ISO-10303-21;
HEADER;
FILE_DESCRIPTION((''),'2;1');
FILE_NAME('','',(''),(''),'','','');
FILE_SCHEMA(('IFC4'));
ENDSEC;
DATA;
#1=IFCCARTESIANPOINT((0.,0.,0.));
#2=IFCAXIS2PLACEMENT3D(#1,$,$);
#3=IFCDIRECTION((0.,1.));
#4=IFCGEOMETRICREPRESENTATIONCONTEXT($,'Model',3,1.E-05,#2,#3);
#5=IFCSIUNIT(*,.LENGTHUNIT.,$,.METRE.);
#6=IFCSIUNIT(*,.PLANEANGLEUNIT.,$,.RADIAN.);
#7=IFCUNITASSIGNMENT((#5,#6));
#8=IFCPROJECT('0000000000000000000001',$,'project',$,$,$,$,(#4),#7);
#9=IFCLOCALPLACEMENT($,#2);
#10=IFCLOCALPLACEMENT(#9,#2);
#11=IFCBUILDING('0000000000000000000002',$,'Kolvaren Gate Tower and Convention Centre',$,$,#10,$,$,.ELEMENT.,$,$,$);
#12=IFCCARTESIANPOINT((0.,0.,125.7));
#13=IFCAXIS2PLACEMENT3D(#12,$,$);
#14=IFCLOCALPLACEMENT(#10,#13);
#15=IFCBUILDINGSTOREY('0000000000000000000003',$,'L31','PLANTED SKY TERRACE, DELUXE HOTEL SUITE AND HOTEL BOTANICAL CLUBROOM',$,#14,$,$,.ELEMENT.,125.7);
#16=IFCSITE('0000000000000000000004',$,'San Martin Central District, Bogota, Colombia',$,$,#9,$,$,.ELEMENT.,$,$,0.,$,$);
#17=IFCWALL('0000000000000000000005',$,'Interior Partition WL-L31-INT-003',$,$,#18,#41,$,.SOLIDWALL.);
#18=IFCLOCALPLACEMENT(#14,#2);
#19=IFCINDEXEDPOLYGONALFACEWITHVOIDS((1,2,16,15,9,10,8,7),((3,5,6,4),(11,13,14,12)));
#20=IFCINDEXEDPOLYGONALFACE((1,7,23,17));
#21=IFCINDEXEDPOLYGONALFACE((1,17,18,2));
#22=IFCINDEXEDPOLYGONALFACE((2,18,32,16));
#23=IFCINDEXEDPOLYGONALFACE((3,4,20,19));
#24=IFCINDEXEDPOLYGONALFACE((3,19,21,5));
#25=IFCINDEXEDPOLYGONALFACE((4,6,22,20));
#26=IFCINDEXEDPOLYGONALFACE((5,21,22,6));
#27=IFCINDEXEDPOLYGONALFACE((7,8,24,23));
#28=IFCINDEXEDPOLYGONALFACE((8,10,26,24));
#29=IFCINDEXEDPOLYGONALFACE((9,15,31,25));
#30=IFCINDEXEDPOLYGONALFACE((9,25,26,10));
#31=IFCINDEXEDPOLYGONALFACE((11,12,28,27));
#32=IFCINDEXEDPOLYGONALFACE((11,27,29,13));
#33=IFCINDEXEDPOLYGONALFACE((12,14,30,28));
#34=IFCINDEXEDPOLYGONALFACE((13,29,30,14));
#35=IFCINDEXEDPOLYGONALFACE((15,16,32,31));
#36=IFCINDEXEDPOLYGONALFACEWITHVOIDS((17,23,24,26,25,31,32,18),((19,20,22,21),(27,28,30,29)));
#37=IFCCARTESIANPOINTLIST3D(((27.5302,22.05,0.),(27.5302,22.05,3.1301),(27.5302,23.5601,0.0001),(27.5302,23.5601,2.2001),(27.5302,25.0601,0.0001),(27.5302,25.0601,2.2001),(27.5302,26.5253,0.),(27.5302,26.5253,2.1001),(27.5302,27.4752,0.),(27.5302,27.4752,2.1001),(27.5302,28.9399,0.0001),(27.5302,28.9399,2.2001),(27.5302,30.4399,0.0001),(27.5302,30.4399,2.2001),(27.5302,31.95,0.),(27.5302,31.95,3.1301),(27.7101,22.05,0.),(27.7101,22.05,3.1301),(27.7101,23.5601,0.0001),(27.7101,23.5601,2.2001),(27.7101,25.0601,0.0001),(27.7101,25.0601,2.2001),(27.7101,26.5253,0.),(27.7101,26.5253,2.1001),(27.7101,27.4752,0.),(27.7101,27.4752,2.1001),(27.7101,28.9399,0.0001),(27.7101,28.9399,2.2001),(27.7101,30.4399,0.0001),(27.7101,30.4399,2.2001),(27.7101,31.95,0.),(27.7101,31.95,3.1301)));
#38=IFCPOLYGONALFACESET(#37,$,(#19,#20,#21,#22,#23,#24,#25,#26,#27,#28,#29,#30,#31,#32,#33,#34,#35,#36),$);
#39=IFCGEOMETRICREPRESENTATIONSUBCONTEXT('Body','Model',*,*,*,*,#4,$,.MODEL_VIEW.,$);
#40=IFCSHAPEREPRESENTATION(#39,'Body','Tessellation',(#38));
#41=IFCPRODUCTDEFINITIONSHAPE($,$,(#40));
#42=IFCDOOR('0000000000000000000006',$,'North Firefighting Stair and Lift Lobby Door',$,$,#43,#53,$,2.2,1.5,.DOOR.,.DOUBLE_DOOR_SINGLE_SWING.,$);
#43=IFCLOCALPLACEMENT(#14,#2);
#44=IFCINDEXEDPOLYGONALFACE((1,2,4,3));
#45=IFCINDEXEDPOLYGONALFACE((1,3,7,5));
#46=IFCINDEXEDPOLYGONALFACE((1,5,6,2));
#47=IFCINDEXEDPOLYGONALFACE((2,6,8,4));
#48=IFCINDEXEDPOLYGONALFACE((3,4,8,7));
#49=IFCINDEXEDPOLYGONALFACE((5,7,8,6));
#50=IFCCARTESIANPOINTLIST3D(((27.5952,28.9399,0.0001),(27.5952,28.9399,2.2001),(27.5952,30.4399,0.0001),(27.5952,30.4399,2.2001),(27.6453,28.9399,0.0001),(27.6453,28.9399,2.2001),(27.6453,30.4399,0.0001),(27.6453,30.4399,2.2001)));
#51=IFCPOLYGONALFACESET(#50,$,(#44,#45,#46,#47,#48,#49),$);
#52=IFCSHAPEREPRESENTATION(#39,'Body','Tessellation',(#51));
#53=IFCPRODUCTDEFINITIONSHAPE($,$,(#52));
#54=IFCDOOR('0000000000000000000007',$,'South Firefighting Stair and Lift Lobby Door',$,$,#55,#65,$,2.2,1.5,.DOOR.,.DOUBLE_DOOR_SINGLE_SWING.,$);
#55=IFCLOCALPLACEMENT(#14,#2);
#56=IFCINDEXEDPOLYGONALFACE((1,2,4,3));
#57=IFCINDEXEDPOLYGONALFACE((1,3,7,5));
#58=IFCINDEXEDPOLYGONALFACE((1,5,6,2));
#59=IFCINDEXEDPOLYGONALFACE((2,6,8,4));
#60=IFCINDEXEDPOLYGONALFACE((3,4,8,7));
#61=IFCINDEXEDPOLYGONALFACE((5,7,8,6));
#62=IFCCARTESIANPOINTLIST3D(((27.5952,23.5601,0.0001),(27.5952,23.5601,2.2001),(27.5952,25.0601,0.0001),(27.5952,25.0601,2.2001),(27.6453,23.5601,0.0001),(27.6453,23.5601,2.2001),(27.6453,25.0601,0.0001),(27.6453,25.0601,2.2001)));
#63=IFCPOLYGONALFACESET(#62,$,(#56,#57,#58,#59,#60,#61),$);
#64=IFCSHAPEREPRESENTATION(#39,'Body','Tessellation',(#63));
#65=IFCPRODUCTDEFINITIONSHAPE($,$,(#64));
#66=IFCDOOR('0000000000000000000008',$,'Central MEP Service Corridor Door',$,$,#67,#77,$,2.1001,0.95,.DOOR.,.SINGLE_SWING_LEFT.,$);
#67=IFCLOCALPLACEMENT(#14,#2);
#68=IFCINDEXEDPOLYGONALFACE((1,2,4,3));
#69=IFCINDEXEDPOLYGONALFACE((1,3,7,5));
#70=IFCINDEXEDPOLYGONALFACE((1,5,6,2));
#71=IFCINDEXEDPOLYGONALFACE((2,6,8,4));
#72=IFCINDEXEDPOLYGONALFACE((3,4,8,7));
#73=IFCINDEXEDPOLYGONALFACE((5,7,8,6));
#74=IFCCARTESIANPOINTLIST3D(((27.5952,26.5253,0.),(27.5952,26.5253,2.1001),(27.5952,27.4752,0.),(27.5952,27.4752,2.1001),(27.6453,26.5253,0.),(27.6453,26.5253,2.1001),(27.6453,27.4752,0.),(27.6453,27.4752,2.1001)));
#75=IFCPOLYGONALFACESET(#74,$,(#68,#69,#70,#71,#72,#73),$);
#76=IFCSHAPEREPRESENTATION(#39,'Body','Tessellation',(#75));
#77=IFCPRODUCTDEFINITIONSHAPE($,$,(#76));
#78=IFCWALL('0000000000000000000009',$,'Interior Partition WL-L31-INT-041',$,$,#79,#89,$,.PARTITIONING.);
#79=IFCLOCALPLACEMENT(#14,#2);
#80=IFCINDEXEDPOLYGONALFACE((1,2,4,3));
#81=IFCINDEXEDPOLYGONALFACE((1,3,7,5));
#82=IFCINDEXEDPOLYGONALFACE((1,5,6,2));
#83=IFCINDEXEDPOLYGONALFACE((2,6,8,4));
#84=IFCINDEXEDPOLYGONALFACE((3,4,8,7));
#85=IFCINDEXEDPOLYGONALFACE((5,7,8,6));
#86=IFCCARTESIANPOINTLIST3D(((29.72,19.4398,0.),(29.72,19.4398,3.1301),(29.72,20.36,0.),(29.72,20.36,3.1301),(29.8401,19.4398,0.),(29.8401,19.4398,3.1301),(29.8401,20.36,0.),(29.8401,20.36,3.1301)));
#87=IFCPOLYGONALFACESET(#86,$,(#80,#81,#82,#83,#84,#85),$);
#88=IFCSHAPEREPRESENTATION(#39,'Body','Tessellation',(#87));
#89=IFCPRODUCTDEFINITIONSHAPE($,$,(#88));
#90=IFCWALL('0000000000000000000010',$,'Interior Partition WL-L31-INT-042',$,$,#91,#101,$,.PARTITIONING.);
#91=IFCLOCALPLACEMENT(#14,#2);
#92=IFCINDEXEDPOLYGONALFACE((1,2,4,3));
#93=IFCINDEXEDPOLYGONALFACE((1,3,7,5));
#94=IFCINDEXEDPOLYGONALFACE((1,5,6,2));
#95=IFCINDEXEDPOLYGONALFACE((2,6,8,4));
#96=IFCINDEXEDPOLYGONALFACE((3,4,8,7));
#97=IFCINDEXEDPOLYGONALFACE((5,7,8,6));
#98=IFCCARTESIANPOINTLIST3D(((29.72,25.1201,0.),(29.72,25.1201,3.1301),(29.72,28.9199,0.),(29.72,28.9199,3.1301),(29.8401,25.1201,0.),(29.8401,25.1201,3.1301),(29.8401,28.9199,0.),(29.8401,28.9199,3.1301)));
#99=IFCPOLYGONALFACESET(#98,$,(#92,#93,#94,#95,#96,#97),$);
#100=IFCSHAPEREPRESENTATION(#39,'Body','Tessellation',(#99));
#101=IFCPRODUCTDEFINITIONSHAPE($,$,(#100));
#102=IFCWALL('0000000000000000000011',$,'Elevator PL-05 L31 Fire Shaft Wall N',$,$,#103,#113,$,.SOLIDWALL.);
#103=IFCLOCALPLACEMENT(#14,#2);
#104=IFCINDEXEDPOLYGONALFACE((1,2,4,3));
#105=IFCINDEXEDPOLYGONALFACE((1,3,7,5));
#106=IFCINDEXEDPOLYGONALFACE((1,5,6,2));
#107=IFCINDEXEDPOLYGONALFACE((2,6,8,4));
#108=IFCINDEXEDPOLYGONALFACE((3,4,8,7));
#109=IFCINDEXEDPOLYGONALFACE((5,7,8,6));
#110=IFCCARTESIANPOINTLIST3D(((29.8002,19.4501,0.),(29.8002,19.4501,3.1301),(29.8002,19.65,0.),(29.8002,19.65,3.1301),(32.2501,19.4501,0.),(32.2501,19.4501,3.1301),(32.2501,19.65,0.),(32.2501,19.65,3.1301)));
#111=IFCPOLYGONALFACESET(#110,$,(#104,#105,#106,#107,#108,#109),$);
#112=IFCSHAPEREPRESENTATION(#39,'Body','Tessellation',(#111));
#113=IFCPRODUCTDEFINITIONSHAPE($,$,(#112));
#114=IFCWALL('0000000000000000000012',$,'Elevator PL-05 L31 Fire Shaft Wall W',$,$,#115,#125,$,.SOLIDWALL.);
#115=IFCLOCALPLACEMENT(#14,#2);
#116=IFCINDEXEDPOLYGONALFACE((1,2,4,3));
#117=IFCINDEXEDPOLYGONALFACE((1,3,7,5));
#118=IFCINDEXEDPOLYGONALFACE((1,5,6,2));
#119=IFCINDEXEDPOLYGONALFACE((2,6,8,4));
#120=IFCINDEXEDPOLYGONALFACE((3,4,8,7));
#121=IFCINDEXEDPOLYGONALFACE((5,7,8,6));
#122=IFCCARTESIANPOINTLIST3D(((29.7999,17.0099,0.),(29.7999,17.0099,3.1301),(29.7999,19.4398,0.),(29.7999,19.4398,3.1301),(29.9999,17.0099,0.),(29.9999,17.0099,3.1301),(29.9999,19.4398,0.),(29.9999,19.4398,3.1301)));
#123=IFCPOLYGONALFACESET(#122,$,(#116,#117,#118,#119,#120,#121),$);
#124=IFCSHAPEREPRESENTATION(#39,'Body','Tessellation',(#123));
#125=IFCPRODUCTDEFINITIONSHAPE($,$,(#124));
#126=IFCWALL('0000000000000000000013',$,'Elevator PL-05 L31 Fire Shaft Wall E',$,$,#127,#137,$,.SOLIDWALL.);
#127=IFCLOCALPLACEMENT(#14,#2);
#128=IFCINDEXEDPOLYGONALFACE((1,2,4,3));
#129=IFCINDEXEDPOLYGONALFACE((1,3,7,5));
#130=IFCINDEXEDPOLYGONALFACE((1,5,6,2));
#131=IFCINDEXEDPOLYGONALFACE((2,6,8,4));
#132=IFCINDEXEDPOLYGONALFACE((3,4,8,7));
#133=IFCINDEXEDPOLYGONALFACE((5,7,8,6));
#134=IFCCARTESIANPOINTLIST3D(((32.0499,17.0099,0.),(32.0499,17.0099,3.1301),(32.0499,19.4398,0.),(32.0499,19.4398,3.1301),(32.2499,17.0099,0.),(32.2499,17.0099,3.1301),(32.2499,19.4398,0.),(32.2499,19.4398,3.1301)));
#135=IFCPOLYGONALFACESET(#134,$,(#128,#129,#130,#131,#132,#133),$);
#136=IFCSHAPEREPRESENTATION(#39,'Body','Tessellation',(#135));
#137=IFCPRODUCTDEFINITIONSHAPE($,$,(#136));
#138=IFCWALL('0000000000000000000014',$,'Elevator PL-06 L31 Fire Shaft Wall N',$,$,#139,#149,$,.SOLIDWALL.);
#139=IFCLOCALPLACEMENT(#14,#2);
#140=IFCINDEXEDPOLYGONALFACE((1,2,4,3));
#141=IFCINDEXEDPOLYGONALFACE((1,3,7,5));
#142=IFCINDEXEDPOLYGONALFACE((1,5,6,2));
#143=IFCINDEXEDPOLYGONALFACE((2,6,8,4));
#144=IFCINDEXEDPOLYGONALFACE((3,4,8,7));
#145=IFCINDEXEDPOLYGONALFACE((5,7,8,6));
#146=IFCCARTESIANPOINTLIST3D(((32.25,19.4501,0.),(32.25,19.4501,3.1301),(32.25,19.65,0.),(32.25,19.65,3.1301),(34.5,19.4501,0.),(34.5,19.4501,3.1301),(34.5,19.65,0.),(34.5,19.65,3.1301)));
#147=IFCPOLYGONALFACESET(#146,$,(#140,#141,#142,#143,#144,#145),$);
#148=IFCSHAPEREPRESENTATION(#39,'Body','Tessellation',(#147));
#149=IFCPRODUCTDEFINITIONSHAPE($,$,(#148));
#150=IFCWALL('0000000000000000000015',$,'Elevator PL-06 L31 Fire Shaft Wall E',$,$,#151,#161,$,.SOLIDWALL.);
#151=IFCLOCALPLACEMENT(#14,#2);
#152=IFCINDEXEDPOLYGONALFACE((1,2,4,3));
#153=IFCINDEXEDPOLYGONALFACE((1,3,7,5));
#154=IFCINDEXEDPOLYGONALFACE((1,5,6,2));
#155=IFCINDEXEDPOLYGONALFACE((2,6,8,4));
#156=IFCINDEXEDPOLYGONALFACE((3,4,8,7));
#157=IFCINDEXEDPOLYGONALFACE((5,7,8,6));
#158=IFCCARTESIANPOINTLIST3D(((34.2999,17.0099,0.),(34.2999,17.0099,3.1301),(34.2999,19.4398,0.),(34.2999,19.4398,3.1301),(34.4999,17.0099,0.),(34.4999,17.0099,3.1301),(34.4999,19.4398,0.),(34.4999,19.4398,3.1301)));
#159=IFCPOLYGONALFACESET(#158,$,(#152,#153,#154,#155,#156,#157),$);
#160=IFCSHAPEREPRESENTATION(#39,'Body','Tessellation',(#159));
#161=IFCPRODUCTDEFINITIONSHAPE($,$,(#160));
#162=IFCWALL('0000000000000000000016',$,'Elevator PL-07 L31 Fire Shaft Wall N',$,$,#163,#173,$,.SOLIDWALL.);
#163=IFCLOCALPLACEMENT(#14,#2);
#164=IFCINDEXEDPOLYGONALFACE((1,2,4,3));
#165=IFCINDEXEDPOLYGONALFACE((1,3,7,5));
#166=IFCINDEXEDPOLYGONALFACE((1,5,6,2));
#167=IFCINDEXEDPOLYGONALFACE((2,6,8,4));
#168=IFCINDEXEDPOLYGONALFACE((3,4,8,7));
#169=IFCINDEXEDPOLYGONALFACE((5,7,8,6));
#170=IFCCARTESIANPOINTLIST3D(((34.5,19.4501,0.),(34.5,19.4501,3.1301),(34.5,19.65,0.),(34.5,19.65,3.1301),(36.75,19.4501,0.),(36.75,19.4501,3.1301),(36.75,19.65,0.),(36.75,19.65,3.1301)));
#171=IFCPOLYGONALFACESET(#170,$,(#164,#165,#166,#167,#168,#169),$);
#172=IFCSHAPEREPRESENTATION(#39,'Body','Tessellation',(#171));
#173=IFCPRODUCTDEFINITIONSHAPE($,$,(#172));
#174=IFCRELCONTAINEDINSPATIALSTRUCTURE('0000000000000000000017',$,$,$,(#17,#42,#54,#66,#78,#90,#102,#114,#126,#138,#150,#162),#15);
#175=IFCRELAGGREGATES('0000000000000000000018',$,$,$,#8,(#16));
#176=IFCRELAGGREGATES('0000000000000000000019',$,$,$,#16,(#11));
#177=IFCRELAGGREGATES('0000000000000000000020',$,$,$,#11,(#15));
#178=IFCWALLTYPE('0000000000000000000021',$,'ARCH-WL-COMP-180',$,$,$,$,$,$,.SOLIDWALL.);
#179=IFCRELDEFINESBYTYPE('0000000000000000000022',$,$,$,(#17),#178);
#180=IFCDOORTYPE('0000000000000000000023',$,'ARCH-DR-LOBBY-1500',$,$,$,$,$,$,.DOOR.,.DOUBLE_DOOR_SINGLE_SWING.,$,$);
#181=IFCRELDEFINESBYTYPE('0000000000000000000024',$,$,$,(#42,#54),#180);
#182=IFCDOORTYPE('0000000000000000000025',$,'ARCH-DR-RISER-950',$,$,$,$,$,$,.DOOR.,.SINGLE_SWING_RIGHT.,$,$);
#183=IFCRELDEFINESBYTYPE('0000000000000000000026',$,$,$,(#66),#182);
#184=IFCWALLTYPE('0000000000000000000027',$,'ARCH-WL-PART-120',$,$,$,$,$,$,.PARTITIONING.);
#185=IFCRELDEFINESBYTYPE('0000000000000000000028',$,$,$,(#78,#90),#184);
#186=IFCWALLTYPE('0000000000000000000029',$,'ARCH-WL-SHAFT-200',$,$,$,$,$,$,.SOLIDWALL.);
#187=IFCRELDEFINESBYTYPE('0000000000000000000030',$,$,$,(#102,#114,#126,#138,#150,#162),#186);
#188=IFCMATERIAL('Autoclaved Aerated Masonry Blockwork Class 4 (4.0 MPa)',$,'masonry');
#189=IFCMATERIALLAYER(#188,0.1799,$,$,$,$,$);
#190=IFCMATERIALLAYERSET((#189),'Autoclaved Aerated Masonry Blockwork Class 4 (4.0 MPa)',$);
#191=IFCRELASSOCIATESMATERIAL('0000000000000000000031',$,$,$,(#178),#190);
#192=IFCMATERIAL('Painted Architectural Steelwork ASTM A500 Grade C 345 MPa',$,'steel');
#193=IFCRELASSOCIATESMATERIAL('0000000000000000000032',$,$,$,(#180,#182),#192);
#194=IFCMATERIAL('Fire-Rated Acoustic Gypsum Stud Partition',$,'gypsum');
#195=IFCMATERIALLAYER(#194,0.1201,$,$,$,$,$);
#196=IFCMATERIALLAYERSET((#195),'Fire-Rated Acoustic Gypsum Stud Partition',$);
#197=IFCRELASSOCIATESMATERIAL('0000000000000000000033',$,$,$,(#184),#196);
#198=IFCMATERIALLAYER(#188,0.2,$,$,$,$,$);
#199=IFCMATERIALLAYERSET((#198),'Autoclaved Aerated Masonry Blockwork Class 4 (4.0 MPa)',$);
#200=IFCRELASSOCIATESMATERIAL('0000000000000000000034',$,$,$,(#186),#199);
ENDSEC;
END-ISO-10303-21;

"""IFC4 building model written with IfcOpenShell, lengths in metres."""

from ifc_helpers import new_model, si_unit, direction, frame, frame_2d, origin, place, context, subcontext, project, spatial, rectangle, extrude, material, layer, layer_set, type_object, element, fill, save


model = new_model("IFC4")

# Units and contexts
model_context = context("Model", 3, precision=1e-05, world=origin(), true_north=direction((0.0, 1.0)))
body_context = subcontext(model_context, "Body", "Model", "MODEL_VIEW")
ifc_project = project(units=[si_unit("LENGTHUNIT", "METRE"), si_unit("PLANEANGLEUNIT", "RADIAN")], contexts=[model_context])

# Site, building, storey
site_placement = place(None, origin())
site = spatial("IfcSite", under=ifc_project, at=site_placement, Name="San Martin Central District, Bogota, Colombia", CompositionType="ELEMENT", RefElevation=0.0)
building_placement = place(site_placement, origin())
building = spatial("IfcBuilding", under=site, at=building_placement, Name="Kolvaren Gate Tower and Convention Centre", CompositionType="ELEMENT")
storey_placement = place(building_placement, frame((0.0, 0.0, 125.7)))
storey = spatial("IfcBuildingStorey", under=building, at=storey_placement, Name="L31", Description="PLANTED SKY TERRACE, DELUXE HOTEL SUITE AND HOTEL BOTANICAL CLUBROOM", CompositionType="ELEMENT", Elevation=125.7)

# Wall, openings, doors
ifc_material_1 = material(Name="Autoclaved Aerated Masonry Blockwork Class 4 (4.0 MPa)", Category="masonry")
ifc_layer_1 = layer(ifc_material_1, 0.1799)
ifc_layer_set_1 = layer_set([ifc_layer_1], Name="Autoclaved Aerated Masonry Blockwork Class 4 (4.0 MPa)")
wall_type_1 = type_object("IfcWallType", Name="ARCH-WL-COMP-180", PredefinedType="SOLIDWALL", material=ifc_layer_set_1)
wall_1_placement = place(storey_placement, frame((27.6201, 22.05, 0.0), z_axis=(0.0, 0.0, 1.0), x_axis=(0.0, 1.0, 0.0)))
wall_1 = element("IfcWall", 1, at=wall_1_placement, inside=storey, type_object=wall_type_1, Name="Interior Partition WL-L31-INT-003", PredefinedType="SOLIDWALL", context=body_context, shape_type="SweptSolid", body=[
    extrude(rectangle(XDim=9.8999, YDim=0.1799, at=frame_2d((4.95, 0.0))), origin(), (0.0, 0.0, 1.0), 3.1301),
])
opening_1_placement = place(wall_1_placement, frame((4.4751, 0.0, 0.0)))
opening_1 = element("IfcOpeningElement", 2, at=opening_1_placement, cuts=wall_1, PredefinedType="OPENING", context=body_context, shape_type="SweptSolid", body=[
    extrude(rectangle(XDim=0.95, YDim=2.1001, at=frame_2d((0.4751, 1.05))), frame((0.0, 0.0999, 0.0), z_axis=(0.0, -1.0, 0.0), x_axis=(1.0, 0.0, 0.0)), (0.0, 0.0, 1.0), 0.2),
])
opening_2_placement = place(wall_1_placement, frame((6.8899, 0.0, 0.0)))
opening_2 = element("IfcOpeningElement", 3, at=opening_2_placement, cuts=wall_1, PredefinedType="OPENING", context=body_context, shape_type="SweptSolid", body=[
    extrude(rectangle(XDim=1.5, YDim=2.2, at=frame_2d((0.75, 1.1001))), frame((0.0, 0.0999, 0.0), z_axis=(0.0, -1.0, 0.0), x_axis=(1.0, 0.0, 0.0)), (0.0, 0.0, 1.0), 0.2),
])
opening_3_placement = place(wall_1_placement, frame((1.51, 0.0, 0.0)))
opening_3 = element("IfcOpeningElement", 4, at=opening_3_placement, cuts=wall_1, PredefinedType="OPENING", context=body_context, shape_type="SweptSolid", body=[
    extrude(rectangle(XDim=1.5, YDim=2.2, at=frame_2d((0.75, 1.1001))), frame((0.0, 0.0999, 0.0), z_axis=(0.0, -1.0, 0.0), x_axis=(1.0, 0.0, 0.0)), (0.0, 0.0, 1.0), 0.2),
])
ifc_material_2 = material(Name="Painted Architectural Steelwork ASTM A500 Grade C 345 MPa", Category="steel")
door_type_1 = type_object("IfcDoorType", Name="ARCH-DR-LOBBY-1500", OperationType="DOUBLE_DOOR_SINGLE_SWING", PredefinedType="DOOR", material=ifc_material_2)
door_1_placement = place(opening_2_placement, origin())
door_1 = element("IfcDoor", 5, at=door_1_placement, inside=storey, type_object=door_type_1, Name="North Firefighting Stair and Lift Lobby Door", OperationType="DOUBLE_DOOR_SINGLE_SWING", OverallHeight=2.2, OverallWidth=1.5, PredefinedType="DOOR", context=body_context, shape_type="SweptSolid", body=[
    extrude(rectangle(XDim=1.5, YDim=2.2, at=frame_2d((0.75, 1.1001))), frame((0.0, 0.0249, 0.0), z_axis=(0.0, -1.0, 0.0), x_axis=(1.0, 0.0, 0.0)), (0.0, 0.0, 1.0), 0.05),
])
fill(opening_2, door_1)
door_2_placement = place(opening_3_placement, origin())
door_2 = element("IfcDoor", 6, at=door_2_placement, inside=storey, type_object=door_type_1, Name="South Firefighting Stair and Lift Lobby Door", OperationType="DOUBLE_DOOR_SINGLE_SWING", OverallHeight=2.2, OverallWidth=1.5, PredefinedType="DOOR", context=body_context, shape_type="SweptSolid", body=[
    extrude(rectangle(XDim=1.5, YDim=2.2, at=frame_2d((0.75, 1.1001))), frame((0.0, 0.0249, 0.0), z_axis=(0.0, -1.0, 0.0), x_axis=(1.0, 0.0, 0.0)), (0.0, 0.0, 1.0), 0.05),
])
fill(opening_3, door_2)
door_type_2 = type_object("IfcDoorType", Name="ARCH-DR-RISER-950", OperationType="SINGLE_SWING_RIGHT", PredefinedType="DOOR", material=ifc_material_2)
door_3_placement = place(opening_1_placement, origin())
door_3 = element("IfcDoor", 7, at=door_3_placement, inside=storey, type_object=door_type_2, Name="Central MEP Service Corridor Door", OperationType="SINGLE_SWING_LEFT", OverallHeight=2.1001, OverallWidth=0.95, PredefinedType="DOOR", context=body_context, shape_type="SweptSolid", body=[
    extrude(rectangle(XDim=0.95, YDim=2.1001, at=frame_2d((0.4751, 1.05))), frame((0.0, 0.0249, 0.0), z_axis=(0.0, -1.0, 0.0), x_axis=(1.0, 0.0, 0.0)), (0.0, 0.0, 1.0), 0.05),
])
fill(opening_1, door_3)

# Walls
ifc_material_3 = material(Name="Fire-Rated Acoustic Gypsum Stud Partition", Category="gypsum")
ifc_layer_2 = layer(ifc_material_3, 0.1201)
ifc_layer_set_2 = layer_set([ifc_layer_2], Name="Fire-Rated Acoustic Gypsum Stud Partition")
wall_type_2 = type_object("IfcWallType", Name="ARCH-WL-PART-120", PredefinedType="PARTITIONING", material=ifc_layer_set_2)
wall_2_placement = place(storey_placement, frame((29.78, 19.4399, 0.0), z_axis=(0.0, 0.0, 1.0), x_axis=(0.0, 1.0, 0.0)))
element("IfcWall", 8, at=wall_2_placement, inside=storey, type_object=wall_type_2, Name="Interior Partition WL-L31-INT-041", PredefinedType="PARTITIONING", context=body_context, shape_type="SweptSolid", body=[
    extrude(rectangle(XDim=0.9202, YDim=0.1201, at=frame_2d((0.46, 0.0))), origin(), (0.0, 0.0, 1.0), 3.1301),
])
wall_3_placement = place(storey_placement, frame((29.78, 25.1201, 0.0), z_axis=(0.0, 0.0, 1.0), x_axis=(0.0, 1.0, 0.0)))
element("IfcWall", 9, at=wall_3_placement, inside=storey, type_object=wall_type_2, Name="Interior Partition WL-L31-INT-042", PredefinedType="PARTITIONING", context=body_context, shape_type="SweptSolid", body=[
    extrude(rectangle(XDim=3.7998, YDim=0.1201, at=frame_2d((1.8999, 0.0))), origin(), (0.0, 0.0, 1.0), 3.1301),
])
ifc_layer_3 = layer(ifc_material_1, 0.2)
ifc_layer_set_3 = layer_set([ifc_layer_3], Name="Autoclaved Aerated Masonry Blockwork Class 4 (4.0 MPa)")
wall_type_3 = type_object("IfcWallType", Name="ARCH-WL-SHAFT-200", PredefinedType="SOLIDWALL", material=ifc_layer_set_3)
wall_4_placement = place(storey_placement, frame((29.8, 19.55, 0.0), z_axis=(0.0, 0.0, 1.0), x_axis=(1.0, 0.0, 0.0)))
element("IfcWall", 10, at=wall_4_placement, inside=storey, type_object=wall_type_3, Name="Elevator PL-05 L31 Fire Shaft Wall N", PredefinedType="SOLIDWALL", context=body_context, shape_type="SweptSolid", body=[
    extrude(rectangle(XDim=2.45, YDim=0.2, at=frame_2d((1.2251, 0.0))), origin(), (0.0, 0.0, 1.0), 3.1301),
])
for number, where, z_axis, x_axis, name in (
    (11, (29.8999, 17.01, 0.0), (0.0, 0.0, 1.0), (0.0, 1.0, 0.0), "Elevator PL-05 L31 Fire Shaft Wall W"),
    (12, (32.1499, 17.01, 0.0), (0.0, 0.0, 1.0), (0.0, 1.0, 0.0), "Elevator PL-05 L31 Fire Shaft Wall E"),
):
    element("IfcWall", number, at=place(storey_placement, frame(where, z_axis=z_axis, x_axis=x_axis)), inside=storey, type_object=wall_type_3, Name=name, PredefinedType="SOLIDWALL", context=body_context, shape_type="SweptSolid", body=[
        extrude(rectangle(XDim=2.4299, YDim=0.2, at=frame_2d((1.2148, 0.0))), origin(), (0.0, 0.0, 1.0), 3.1301),
    ])
wall_5_placement = place(storey_placement, frame((32.25, 19.55, 0.0), z_axis=(0.0, 0.0, 1.0), x_axis=(1.0, 0.0, 0.0)))
element("IfcWall", 13, at=wall_5_placement, inside=storey, type_object=wall_type_3, Name="Elevator PL-06 L31 Fire Shaft Wall N", PredefinedType="SOLIDWALL", context=body_context, shape_type="SweptSolid", body=[
    extrude(rectangle(XDim=2.25, YDim=0.2, at=frame_2d((1.125, 0.0))), origin(), (0.0, 0.0, 1.0), 3.1301),
])
wall_6_placement = place(storey_placement, frame((34.3999, 17.01, 0.0), z_axis=(0.0, 0.0, 1.0), x_axis=(0.0, 1.0, 0.0)))
element("IfcWall", 14, at=wall_6_placement, inside=storey, type_object=wall_type_3, Name="Elevator PL-06 L31 Fire Shaft Wall E", PredefinedType="SOLIDWALL", context=body_context, shape_type="SweptSolid", body=[
    extrude(rectangle(XDim=2.4299, YDim=0.2, at=frame_2d((1.2148, 0.0))), origin(), (0.0, 0.0, 1.0), 3.1301),
])
wall_7_placement = place(storey_placement, frame((34.5, 19.55, 0.0), z_axis=(0.0, 0.0, 1.0), x_axis=(1.0, 0.0, 0.0)))
element("IfcWall", 15, at=wall_7_placement, inside=storey, type_object=wall_type_3, Name="Elevator PL-07 L31 Fire Shaft Wall N", PredefinedType="SOLIDWALL", context=body_context, shape_type="SweptSolid", body=[
    extrude(rectangle(XDim=2.25, YDim=0.2, at=frame_2d((1.125, 0.0))), origin(), (0.0, 0.0, 1.0), 3.1301),
])

save(model, "model.ifc")
